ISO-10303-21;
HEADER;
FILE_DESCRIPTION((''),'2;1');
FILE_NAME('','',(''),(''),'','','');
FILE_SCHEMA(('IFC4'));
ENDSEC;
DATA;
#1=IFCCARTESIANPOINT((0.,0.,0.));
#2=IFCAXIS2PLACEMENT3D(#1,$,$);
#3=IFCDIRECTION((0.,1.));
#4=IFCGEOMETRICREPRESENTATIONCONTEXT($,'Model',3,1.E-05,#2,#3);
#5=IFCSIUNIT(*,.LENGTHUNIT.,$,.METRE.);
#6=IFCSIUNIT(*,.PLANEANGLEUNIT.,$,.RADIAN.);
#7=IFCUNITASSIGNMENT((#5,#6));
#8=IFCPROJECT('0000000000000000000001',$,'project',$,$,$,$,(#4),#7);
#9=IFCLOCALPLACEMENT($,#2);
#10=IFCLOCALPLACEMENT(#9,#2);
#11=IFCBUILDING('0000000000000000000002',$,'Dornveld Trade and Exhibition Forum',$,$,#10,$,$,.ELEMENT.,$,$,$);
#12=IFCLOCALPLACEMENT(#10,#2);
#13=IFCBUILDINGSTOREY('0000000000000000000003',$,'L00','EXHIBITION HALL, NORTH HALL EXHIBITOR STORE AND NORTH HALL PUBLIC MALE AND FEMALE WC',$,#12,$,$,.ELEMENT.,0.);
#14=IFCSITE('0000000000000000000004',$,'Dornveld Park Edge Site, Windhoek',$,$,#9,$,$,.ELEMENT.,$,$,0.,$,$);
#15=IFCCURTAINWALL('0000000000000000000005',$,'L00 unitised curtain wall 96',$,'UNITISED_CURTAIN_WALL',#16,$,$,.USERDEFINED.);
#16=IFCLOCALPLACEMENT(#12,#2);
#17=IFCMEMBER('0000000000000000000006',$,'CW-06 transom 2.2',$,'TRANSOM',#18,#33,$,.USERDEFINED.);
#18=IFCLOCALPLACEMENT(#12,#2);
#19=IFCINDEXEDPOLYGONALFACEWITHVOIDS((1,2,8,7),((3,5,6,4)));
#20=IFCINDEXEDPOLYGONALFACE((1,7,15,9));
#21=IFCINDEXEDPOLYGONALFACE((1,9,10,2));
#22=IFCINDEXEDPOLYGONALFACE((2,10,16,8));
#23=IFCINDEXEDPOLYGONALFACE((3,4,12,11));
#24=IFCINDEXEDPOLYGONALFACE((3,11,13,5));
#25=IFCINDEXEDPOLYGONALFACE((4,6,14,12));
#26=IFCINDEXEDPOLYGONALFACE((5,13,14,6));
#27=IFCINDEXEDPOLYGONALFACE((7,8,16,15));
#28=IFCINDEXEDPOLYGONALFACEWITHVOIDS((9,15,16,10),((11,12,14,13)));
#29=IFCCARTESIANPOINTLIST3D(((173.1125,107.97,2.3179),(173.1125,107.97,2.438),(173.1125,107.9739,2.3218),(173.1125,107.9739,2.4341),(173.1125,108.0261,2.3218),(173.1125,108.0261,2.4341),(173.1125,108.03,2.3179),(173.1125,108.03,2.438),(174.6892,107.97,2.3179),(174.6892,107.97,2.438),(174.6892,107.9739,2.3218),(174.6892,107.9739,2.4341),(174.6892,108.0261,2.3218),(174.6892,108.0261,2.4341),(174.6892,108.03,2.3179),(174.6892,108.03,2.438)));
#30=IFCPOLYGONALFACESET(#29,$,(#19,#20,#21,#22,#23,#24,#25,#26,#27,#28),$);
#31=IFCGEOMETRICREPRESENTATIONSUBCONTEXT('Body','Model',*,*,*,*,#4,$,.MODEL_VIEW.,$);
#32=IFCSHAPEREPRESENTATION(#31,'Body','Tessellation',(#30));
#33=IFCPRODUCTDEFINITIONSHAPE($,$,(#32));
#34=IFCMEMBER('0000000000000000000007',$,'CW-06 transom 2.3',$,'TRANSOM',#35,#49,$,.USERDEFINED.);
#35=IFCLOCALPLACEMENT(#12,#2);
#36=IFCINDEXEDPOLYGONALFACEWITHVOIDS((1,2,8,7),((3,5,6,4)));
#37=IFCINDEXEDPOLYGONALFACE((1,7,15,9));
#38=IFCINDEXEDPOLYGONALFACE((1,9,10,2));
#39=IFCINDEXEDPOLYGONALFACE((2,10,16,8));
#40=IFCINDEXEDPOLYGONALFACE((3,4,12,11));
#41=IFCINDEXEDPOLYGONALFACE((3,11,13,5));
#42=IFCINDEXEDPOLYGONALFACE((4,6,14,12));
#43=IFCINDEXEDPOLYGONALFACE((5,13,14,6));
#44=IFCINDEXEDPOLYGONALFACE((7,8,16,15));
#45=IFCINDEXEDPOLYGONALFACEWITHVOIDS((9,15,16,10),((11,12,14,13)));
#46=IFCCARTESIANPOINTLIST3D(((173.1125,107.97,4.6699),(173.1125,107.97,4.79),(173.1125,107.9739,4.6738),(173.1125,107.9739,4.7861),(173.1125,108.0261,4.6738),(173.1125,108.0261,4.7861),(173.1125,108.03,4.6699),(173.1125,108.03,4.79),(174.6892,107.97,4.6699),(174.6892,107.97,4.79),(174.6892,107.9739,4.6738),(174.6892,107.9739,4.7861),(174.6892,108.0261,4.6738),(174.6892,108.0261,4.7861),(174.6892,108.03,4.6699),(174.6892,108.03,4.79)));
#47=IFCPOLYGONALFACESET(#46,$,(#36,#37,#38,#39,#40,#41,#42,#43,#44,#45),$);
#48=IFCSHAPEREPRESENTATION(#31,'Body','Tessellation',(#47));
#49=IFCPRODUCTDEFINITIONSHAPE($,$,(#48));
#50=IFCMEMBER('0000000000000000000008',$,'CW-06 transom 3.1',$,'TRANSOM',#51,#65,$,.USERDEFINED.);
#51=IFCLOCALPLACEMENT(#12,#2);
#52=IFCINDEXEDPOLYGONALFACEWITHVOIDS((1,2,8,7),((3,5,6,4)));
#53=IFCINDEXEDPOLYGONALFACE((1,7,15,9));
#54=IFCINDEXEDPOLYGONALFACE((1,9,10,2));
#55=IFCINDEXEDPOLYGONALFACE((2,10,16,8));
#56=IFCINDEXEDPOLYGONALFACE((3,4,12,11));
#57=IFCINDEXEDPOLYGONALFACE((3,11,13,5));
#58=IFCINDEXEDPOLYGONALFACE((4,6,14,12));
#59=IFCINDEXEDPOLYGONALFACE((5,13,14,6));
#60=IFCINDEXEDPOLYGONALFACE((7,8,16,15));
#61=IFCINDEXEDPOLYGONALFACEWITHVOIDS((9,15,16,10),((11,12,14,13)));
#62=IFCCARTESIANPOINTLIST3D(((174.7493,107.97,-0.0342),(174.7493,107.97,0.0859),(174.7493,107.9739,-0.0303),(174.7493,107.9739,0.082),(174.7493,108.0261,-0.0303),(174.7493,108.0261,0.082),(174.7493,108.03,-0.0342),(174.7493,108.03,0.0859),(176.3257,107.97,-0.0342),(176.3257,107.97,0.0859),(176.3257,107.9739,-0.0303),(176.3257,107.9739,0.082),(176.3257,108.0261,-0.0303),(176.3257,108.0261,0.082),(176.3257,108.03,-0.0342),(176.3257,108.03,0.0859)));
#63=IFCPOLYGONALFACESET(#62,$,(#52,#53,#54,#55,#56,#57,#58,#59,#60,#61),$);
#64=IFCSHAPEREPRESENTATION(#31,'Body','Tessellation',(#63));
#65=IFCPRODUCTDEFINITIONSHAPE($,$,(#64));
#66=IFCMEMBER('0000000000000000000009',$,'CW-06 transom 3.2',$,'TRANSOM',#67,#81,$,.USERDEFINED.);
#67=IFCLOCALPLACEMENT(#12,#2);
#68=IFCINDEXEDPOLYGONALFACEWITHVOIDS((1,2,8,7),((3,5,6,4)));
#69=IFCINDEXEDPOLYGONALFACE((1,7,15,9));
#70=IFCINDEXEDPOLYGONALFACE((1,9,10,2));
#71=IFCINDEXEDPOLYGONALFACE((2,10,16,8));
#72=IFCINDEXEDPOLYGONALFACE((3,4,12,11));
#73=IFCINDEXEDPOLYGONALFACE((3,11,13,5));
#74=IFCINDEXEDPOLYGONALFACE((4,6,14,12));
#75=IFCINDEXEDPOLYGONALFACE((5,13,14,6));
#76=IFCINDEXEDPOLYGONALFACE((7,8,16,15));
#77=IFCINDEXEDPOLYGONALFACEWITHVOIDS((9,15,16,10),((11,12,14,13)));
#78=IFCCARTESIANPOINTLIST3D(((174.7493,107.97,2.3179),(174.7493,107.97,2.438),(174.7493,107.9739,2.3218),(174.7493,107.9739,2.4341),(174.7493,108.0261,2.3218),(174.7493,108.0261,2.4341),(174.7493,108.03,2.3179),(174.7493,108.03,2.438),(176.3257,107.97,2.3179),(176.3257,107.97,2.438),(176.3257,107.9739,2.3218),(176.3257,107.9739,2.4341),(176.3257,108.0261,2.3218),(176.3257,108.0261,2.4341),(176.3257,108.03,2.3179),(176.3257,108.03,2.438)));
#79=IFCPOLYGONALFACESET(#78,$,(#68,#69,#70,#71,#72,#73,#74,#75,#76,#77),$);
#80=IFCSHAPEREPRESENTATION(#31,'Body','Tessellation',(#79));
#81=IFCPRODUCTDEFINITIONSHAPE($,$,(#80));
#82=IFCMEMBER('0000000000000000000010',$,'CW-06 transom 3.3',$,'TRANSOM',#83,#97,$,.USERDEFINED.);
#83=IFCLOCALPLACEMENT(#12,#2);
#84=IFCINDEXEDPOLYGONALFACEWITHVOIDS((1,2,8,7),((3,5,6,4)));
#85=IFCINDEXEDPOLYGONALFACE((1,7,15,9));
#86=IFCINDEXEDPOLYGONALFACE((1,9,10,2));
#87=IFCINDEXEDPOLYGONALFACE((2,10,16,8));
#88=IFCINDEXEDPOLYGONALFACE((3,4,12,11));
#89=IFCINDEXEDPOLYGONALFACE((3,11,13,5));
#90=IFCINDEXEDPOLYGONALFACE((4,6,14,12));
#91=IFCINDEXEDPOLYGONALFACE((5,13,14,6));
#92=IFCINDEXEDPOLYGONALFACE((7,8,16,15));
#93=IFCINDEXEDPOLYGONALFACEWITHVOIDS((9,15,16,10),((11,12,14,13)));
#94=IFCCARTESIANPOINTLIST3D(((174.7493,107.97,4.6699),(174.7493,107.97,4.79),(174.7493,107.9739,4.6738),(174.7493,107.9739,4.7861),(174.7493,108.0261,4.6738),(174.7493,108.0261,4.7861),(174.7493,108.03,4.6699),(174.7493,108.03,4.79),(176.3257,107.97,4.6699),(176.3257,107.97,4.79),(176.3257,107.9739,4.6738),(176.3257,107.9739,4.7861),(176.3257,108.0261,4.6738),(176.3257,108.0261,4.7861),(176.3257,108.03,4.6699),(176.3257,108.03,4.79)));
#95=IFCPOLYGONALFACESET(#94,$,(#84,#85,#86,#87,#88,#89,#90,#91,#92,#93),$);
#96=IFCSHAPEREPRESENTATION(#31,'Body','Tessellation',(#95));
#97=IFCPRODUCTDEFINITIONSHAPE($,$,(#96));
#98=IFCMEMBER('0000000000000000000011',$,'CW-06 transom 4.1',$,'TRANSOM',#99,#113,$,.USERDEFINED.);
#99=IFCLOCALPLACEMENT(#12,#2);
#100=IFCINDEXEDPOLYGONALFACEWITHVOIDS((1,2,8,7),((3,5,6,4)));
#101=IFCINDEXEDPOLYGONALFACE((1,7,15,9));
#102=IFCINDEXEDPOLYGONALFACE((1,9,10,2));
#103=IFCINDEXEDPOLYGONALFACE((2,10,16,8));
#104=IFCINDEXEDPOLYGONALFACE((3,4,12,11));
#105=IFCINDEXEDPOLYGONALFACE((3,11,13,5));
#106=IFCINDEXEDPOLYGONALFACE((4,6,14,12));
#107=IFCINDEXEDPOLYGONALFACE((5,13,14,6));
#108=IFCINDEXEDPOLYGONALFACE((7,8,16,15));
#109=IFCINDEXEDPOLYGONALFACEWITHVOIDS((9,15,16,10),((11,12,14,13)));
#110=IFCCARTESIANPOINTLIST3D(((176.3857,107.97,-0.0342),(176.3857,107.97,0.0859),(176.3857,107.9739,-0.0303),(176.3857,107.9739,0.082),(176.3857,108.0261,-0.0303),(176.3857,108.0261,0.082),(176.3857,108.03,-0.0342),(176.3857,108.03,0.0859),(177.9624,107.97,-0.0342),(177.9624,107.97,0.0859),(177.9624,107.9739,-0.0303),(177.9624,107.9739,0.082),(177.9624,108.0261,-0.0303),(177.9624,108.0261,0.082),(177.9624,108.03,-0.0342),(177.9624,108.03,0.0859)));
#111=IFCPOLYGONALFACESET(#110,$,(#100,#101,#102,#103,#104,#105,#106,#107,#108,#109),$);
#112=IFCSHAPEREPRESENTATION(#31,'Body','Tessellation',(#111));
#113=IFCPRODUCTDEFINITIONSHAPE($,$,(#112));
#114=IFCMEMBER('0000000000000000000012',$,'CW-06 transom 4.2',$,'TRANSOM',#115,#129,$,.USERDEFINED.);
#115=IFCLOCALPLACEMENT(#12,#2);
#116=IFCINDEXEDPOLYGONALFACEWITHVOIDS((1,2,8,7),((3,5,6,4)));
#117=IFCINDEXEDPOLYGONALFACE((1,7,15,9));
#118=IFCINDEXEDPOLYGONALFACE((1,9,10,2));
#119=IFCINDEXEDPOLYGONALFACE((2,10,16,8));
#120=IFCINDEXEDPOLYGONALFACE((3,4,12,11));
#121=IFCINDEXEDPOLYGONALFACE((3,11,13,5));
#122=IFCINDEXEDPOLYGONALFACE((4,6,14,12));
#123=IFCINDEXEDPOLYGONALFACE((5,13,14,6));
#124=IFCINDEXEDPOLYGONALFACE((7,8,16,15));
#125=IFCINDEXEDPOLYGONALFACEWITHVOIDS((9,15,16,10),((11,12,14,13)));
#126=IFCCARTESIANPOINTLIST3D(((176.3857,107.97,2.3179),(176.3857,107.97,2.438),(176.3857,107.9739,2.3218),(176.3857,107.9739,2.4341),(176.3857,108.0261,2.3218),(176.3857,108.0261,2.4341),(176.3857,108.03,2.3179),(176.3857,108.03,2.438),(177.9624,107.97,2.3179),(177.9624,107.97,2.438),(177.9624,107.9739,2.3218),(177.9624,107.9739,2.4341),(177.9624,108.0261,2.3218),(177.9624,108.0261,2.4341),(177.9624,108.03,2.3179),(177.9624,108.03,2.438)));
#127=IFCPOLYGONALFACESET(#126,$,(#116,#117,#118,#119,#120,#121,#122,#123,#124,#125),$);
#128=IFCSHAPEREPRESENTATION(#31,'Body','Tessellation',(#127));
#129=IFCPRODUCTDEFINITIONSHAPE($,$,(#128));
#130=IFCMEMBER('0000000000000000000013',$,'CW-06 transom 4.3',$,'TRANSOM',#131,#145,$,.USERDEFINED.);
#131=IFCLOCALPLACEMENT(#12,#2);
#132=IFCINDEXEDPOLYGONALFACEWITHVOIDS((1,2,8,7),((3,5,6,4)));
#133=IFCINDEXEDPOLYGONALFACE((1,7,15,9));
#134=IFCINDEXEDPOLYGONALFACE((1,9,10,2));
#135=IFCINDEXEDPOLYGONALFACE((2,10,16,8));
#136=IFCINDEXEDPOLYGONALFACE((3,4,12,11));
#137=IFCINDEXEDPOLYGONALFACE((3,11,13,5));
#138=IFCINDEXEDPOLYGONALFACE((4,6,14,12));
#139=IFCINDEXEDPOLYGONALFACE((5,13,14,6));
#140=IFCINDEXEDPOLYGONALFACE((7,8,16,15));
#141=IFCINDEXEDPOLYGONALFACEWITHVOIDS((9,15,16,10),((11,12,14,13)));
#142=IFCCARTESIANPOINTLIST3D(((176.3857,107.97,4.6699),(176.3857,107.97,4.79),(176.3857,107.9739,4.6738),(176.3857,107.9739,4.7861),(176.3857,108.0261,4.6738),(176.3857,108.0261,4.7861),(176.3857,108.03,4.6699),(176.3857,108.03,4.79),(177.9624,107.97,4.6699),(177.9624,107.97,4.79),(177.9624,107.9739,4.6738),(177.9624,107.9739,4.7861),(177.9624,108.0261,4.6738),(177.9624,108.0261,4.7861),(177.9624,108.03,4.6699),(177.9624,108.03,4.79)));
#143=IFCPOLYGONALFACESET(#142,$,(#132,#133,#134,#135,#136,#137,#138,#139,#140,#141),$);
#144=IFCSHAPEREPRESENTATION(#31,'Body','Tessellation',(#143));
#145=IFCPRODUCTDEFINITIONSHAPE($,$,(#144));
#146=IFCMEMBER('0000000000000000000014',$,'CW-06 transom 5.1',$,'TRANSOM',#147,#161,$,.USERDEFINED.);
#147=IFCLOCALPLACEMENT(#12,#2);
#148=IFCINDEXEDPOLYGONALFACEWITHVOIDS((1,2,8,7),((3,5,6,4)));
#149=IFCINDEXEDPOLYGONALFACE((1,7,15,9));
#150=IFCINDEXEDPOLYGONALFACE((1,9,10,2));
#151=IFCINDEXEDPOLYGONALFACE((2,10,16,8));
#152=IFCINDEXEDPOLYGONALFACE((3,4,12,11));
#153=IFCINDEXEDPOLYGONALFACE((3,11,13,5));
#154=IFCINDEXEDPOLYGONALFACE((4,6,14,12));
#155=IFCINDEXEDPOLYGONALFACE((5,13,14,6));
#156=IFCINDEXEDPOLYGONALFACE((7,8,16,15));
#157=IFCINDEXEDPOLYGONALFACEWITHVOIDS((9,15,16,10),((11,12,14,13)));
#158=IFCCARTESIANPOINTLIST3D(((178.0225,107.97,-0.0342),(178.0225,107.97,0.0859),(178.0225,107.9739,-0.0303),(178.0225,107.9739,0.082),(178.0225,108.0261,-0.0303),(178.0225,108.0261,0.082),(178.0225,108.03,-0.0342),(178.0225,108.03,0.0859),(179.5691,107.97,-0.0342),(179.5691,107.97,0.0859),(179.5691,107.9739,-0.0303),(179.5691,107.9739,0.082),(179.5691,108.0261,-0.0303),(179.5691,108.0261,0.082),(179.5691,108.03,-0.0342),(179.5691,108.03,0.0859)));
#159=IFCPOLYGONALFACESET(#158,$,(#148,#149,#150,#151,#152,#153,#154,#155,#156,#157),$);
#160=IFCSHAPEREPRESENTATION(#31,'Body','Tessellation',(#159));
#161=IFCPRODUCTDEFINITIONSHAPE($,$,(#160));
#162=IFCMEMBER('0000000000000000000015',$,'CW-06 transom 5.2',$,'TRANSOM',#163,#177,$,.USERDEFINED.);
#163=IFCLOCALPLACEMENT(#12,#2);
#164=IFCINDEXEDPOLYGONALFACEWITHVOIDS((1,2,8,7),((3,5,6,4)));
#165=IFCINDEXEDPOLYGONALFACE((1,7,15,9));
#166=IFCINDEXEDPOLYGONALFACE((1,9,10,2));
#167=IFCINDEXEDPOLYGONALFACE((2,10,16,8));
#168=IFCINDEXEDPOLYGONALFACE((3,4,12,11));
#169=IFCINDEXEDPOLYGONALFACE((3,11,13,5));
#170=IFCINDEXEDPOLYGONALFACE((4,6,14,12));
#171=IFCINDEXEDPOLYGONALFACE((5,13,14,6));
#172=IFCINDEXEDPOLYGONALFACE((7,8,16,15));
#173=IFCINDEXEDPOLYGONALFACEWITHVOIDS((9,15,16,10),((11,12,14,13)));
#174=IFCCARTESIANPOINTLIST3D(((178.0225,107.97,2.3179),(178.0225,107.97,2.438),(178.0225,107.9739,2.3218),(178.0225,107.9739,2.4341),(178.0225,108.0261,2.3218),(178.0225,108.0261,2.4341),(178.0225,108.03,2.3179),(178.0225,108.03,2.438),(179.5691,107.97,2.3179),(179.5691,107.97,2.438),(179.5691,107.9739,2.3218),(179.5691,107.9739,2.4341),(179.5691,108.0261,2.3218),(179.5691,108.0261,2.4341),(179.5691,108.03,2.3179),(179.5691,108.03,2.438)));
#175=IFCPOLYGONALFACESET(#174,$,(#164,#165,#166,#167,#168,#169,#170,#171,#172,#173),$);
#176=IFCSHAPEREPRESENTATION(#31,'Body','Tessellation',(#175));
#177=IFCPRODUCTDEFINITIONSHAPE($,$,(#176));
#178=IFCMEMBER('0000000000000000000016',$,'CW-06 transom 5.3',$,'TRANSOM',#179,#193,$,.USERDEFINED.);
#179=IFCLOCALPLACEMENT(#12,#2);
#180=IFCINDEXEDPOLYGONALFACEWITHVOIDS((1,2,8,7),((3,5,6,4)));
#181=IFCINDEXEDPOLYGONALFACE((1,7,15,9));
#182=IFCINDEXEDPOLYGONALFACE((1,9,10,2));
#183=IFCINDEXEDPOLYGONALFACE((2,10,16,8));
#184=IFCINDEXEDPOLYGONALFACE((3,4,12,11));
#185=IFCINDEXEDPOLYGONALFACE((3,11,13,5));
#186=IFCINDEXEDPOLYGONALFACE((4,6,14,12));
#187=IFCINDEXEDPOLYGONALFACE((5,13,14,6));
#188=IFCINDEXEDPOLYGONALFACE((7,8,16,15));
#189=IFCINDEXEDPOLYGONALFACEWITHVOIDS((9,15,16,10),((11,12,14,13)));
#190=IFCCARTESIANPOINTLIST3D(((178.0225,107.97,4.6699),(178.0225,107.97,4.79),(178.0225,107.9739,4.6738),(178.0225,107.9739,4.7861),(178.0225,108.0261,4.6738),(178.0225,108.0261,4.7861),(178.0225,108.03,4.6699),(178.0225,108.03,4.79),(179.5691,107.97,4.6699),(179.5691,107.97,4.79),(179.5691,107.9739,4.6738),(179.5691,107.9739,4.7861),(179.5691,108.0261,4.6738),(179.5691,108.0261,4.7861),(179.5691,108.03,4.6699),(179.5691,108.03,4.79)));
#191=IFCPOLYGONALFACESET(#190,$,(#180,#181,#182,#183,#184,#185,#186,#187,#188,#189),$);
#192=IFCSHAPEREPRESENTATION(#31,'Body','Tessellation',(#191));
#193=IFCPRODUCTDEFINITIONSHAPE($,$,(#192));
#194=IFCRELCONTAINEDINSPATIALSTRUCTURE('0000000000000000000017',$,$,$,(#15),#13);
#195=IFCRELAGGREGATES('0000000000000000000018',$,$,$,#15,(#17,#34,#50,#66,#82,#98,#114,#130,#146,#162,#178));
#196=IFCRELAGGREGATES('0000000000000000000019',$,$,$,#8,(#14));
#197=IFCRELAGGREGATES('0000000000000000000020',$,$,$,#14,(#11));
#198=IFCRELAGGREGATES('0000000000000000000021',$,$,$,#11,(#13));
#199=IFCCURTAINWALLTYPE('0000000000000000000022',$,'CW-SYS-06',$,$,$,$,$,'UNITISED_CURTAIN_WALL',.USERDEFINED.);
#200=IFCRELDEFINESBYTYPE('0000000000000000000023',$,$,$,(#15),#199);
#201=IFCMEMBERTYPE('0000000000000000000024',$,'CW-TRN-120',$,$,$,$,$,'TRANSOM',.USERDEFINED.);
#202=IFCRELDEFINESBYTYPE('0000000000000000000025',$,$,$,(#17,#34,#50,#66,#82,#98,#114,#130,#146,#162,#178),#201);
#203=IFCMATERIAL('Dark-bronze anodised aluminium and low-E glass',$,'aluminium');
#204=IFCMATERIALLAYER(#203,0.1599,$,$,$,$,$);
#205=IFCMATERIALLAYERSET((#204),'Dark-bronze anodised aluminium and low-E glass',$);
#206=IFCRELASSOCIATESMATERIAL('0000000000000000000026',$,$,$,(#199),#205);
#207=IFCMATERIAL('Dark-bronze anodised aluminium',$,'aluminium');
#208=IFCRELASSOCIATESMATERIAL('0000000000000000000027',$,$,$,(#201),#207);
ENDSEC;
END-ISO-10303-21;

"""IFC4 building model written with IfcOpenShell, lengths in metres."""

from ifc_helpers import new_model, si_unit, direction, frame, origin, origin_2d, place, context, subcontext, project, spatial, hollow_rectangle, extrude, material, layer, layer_set, material_profile, profile_set, type_object, element, aggregate, save


model = new_model("IFC4")

# Units and contexts
model_context = context("Model", 3, precision=1e-05, world=origin(), true_north=direction((0.0, 1.0)))
body_context = subcontext(model_context, "Body", "Model", "MODEL_VIEW")
ifc_project = project(units=[si_unit("LENGTHUNIT", "METRE"), si_unit("PLANEANGLEUNIT", "RADIAN")], contexts=[model_context])

# Site, building, storey
site_placement = place(None, origin())
site = spatial("IfcSite", under=ifc_project, at=site_placement, Name="Dornveld Park Edge Site, Windhoek", CompositionType="ELEMENT", RefElevation=0.0)
building_placement = place(site_placement, origin())
building = spatial("IfcBuilding", under=site, at=building_placement, Name="Dornveld Trade and Exhibition Forum", CompositionType="ELEMENT")
storey_placement = place(building_placement, origin())
storey = spatial("IfcBuildingStorey", under=building, at=storey_placement, Name="L00", Description="EXHIBITION HALL, NORTH HALL EXHIBITOR STORE AND NORTH HALL PUBLIC MALE AND FEMALE WC", CompositionType="ELEMENT", Elevation=0.0)

# Curtain wall, members
ifc_material_1 = material(Name="Dark-bronze anodised aluminium and low-E glass", Category="aluminium")
ifc_layer_1 = layer(ifc_material_1, 0.1599)
ifc_layer_set_1 = layer_set([ifc_layer_1], Name="Dark-bronze anodised aluminium and low-E glass")
curtain_wall_type = type_object("IfcCurtainWallType", Name="CW-SYS-06", ElementType="UNITISED_CURTAIN_WALL", PredefinedType="USERDEFINED", material=ifc_layer_set_1)
curtain_wall_placement = place(storey_placement, origin())
curtain_wall = element("IfcCurtainWall", 1, at=curtain_wall_placement, inside=storey, type_object=curtain_wall_type, Name="L00 unitised curtain wall 96", ObjectType="UNITISED_CURTAIN_WALL", PredefinedType="USERDEFINED")
ifc_material_2 = material(Name="Dark-bronze anodised aluminium", Category="aluminium")
ifc_material_profile_1 = material_profile(ifc_material_2, hollow_rectangle(XDim=0.0601, YDim=0.1201, WallThickness=0.0039, at=origin_2d()), Name="RHS 120x60x4")
ifc_profile_set_1 = profile_set([ifc_material_profile_1], Name="Dark-bronze anodised aluminium")
member_type_1 = type_object("IfcMemberType", Name="CW-TRN-120", ElementType="TRANSOM", PredefinedType="USERDEFINED", material=ifc_profile_set_1)
member_1_placement = place(storey_placement, frame((173.1125, 108.0, 2.3779), z_axis=(1.0, 0.0, 0.0), x_axis=(0.0, 1.0, 0.0)))
member_1 = element("IfcMember", 2, at=member_1_placement, type_object=member_type_1, Name="CW-06 transom 2.2", ObjectType="TRANSOM", PredefinedType="USERDEFINED", context=body_context, shape_type="SweptSolid", body=[
    extrude(hollow_rectangle(XDim=0.0601, YDim=0.1201, WallThickness=0.0039, at=origin_2d()), origin(), (0.0, 0.0, 1.0), 1.5767),
])
member_2_placement = place(storey_placement, frame((173.1125, 108.0, 4.73), z_axis=(1.0, 0.0, 0.0), x_axis=(0.0, 1.0, 0.0)))
member_2 = element("IfcMember", 3, at=member_2_placement, type_object=member_type_1, Name="CW-06 transom 2.3", ObjectType="TRANSOM", PredefinedType="USERDEFINED", context=body_context, shape_type="SweptSolid", body=[
    extrude(hollow_rectangle(XDim=0.0601, YDim=0.1201, WallThickness=0.0039, at=origin_2d()), origin(), (0.0, 0.0, 1.0), 1.5767),
])
member_3_placement = place(storey_placement, frame((174.7493, 108.0, 0.0259), z_axis=(1.0, 0.0, 0.0), x_axis=(0.0, 1.0, 0.0)))
member_3 = element("IfcMember", 4, at=member_3_placement, type_object=member_type_1, Name="CW-06 transom 3.1", ObjectType="TRANSOM", PredefinedType="USERDEFINED", context=body_context, shape_type="SweptSolid", body=[
    extrude(hollow_rectangle(XDim=0.0601, YDim=0.1201, WallThickness=0.0039, at=origin_2d()), origin(), (0.0, 0.0, 1.0), 1.5764),
])
member_4_placement = place(storey_placement, frame((174.7493, 108.0, 2.3779), z_axis=(1.0, 0.0, 0.0), x_axis=(0.0, 1.0, 0.0)))
member_4 = element("IfcMember", 5, at=member_4_placement, type_object=member_type_1, Name="CW-06 transom 3.2", ObjectType="TRANSOM", PredefinedType="USERDEFINED", context=body_context, shape_type="SweptSolid", body=[
    extrude(hollow_rectangle(XDim=0.0601, YDim=0.1201, WallThickness=0.0039, at=origin_2d()), origin(), (0.0, 0.0, 1.0), 1.5764),
])
member_5_placement = place(storey_placement, frame((174.7493, 108.0, 4.73), z_axis=(1.0, 0.0, 0.0), x_axis=(0.0, 1.0, 0.0)))
member_5 = element("IfcMember", 6, at=member_5_placement, type_object=member_type_1, Name="CW-06 transom 3.3", ObjectType="TRANSOM", PredefinedType="USERDEFINED", context=body_context, shape_type="SweptSolid", body=[
    extrude(hollow_rectangle(XDim=0.0601, YDim=0.1201, WallThickness=0.0039, at=origin_2d()), origin(), (0.0, 0.0, 1.0), 1.5764),
])
member_6_placement = place(storey_placement, frame((176.3857, 108.0, 0.0259), z_axis=(1.0, 0.0, 0.0), x_axis=(0.0, 1.0, 0.0)))
member_6 = element("IfcMember", 7, at=member_6_placement, type_object=member_type_1, Name="CW-06 transom 4.1", ObjectType="TRANSOM", PredefinedType="USERDEFINED", context=body_context, shape_type="SweptSolid", body=[
    extrude(hollow_rectangle(XDim=0.0601, YDim=0.1201, WallThickness=0.0039, at=origin_2d()), origin(), (0.0, 0.0, 1.0), 1.5767),
])
member_7_placement = place(storey_placement, frame((176.3857, 108.0, 2.3779), z_axis=(1.0, 0.0, 0.0), x_axis=(0.0, 1.0, 0.0)))
member_7 = element("IfcMember", 8, at=member_7_placement, type_object=member_type_1, Name="CW-06 transom 4.2", ObjectType="TRANSOM", PredefinedType="USERDEFINED", context=body_context, shape_type="SweptSolid", body=[
    extrude(hollow_rectangle(XDim=0.0601, YDim=0.1201, WallThickness=0.0039, at=origin_2d()), origin(), (0.0, 0.0, 1.0), 1.5767),
])
member_8_placement = place(storey_placement, frame((176.3857, 108.0, 4.73), z_axis=(1.0, 0.0, 0.0), x_axis=(0.0, 1.0, 0.0)))
member_8 = element("IfcMember", 9, at=member_8_placement, type_object=member_type_1, Name="CW-06 transom 4.3", ObjectType="TRANSOM", PredefinedType="USERDEFINED", context=body_context, shape_type="SweptSolid", body=[
    extrude(hollow_rectangle(XDim=0.0601, YDim=0.1201, WallThickness=0.0039, at=origin_2d()), origin(), (0.0, 0.0, 1.0), 1.5767),
])
member_9_placement = place(storey_placement, frame((178.0225, 108.0, 0.0259), z_axis=(1.0, 0.0, 0.0), x_axis=(0.0, 1.0, 0.0)))
member_9 = element("IfcMember", 10, at=member_9_placement, type_object=member_type_1, Name="CW-06 transom 5.1", ObjectType="TRANSOM", PredefinedType="USERDEFINED", context=body_context, shape_type="SweptSolid", body=[
    extrude(hollow_rectangle(XDim=0.0601, YDim=0.1201, WallThickness=0.0039, at=origin_2d()), origin(), (0.0, 0.0, 1.0), 1.5466),
])
member_10_placement = place(storey_placement, frame((178.0225, 108.0, 2.3779), z_axis=(1.0, 0.0, 0.0), x_axis=(0.0, 1.0, 0.0)))
member_10 = element("IfcMember", 11, at=member_10_placement, type_object=member_type_1, Name="CW-06 transom 5.2", ObjectType="TRANSOM", PredefinedType="USERDEFINED", context=body_context, shape_type="SweptSolid", body=[
    extrude(hollow_rectangle(XDim=0.0601, YDim=0.1201, WallThickness=0.0039, at=origin_2d()), origin(), (0.0, 0.0, 1.0), 1.5466),
])
member_11_placement = place(storey_placement, frame((178.0225, 108.0, 4.73), z_axis=(1.0, 0.0, 0.0), x_axis=(0.0, 1.0, 0.0)))
member_11 = element("IfcMember", 12, at=member_11_placement, type_object=member_type_1, Name="CW-06 transom 5.3", ObjectType="TRANSOM", PredefinedType="USERDEFINED", context=body_context, shape_type="SweptSolid", body=[
    extrude(hollow_rectangle(XDim=0.0601, YDim=0.1201, WallThickness=0.0039, at=origin_2d()), origin(), (0.0, 0.0, 1.0), 1.5466),
])

aggregate(curtain_wall, [member_1, member_2, member_3, member_4, member_5, member_6, member_7, member_8, member_9, member_10, member_11])

save(model, "model.ifc")
